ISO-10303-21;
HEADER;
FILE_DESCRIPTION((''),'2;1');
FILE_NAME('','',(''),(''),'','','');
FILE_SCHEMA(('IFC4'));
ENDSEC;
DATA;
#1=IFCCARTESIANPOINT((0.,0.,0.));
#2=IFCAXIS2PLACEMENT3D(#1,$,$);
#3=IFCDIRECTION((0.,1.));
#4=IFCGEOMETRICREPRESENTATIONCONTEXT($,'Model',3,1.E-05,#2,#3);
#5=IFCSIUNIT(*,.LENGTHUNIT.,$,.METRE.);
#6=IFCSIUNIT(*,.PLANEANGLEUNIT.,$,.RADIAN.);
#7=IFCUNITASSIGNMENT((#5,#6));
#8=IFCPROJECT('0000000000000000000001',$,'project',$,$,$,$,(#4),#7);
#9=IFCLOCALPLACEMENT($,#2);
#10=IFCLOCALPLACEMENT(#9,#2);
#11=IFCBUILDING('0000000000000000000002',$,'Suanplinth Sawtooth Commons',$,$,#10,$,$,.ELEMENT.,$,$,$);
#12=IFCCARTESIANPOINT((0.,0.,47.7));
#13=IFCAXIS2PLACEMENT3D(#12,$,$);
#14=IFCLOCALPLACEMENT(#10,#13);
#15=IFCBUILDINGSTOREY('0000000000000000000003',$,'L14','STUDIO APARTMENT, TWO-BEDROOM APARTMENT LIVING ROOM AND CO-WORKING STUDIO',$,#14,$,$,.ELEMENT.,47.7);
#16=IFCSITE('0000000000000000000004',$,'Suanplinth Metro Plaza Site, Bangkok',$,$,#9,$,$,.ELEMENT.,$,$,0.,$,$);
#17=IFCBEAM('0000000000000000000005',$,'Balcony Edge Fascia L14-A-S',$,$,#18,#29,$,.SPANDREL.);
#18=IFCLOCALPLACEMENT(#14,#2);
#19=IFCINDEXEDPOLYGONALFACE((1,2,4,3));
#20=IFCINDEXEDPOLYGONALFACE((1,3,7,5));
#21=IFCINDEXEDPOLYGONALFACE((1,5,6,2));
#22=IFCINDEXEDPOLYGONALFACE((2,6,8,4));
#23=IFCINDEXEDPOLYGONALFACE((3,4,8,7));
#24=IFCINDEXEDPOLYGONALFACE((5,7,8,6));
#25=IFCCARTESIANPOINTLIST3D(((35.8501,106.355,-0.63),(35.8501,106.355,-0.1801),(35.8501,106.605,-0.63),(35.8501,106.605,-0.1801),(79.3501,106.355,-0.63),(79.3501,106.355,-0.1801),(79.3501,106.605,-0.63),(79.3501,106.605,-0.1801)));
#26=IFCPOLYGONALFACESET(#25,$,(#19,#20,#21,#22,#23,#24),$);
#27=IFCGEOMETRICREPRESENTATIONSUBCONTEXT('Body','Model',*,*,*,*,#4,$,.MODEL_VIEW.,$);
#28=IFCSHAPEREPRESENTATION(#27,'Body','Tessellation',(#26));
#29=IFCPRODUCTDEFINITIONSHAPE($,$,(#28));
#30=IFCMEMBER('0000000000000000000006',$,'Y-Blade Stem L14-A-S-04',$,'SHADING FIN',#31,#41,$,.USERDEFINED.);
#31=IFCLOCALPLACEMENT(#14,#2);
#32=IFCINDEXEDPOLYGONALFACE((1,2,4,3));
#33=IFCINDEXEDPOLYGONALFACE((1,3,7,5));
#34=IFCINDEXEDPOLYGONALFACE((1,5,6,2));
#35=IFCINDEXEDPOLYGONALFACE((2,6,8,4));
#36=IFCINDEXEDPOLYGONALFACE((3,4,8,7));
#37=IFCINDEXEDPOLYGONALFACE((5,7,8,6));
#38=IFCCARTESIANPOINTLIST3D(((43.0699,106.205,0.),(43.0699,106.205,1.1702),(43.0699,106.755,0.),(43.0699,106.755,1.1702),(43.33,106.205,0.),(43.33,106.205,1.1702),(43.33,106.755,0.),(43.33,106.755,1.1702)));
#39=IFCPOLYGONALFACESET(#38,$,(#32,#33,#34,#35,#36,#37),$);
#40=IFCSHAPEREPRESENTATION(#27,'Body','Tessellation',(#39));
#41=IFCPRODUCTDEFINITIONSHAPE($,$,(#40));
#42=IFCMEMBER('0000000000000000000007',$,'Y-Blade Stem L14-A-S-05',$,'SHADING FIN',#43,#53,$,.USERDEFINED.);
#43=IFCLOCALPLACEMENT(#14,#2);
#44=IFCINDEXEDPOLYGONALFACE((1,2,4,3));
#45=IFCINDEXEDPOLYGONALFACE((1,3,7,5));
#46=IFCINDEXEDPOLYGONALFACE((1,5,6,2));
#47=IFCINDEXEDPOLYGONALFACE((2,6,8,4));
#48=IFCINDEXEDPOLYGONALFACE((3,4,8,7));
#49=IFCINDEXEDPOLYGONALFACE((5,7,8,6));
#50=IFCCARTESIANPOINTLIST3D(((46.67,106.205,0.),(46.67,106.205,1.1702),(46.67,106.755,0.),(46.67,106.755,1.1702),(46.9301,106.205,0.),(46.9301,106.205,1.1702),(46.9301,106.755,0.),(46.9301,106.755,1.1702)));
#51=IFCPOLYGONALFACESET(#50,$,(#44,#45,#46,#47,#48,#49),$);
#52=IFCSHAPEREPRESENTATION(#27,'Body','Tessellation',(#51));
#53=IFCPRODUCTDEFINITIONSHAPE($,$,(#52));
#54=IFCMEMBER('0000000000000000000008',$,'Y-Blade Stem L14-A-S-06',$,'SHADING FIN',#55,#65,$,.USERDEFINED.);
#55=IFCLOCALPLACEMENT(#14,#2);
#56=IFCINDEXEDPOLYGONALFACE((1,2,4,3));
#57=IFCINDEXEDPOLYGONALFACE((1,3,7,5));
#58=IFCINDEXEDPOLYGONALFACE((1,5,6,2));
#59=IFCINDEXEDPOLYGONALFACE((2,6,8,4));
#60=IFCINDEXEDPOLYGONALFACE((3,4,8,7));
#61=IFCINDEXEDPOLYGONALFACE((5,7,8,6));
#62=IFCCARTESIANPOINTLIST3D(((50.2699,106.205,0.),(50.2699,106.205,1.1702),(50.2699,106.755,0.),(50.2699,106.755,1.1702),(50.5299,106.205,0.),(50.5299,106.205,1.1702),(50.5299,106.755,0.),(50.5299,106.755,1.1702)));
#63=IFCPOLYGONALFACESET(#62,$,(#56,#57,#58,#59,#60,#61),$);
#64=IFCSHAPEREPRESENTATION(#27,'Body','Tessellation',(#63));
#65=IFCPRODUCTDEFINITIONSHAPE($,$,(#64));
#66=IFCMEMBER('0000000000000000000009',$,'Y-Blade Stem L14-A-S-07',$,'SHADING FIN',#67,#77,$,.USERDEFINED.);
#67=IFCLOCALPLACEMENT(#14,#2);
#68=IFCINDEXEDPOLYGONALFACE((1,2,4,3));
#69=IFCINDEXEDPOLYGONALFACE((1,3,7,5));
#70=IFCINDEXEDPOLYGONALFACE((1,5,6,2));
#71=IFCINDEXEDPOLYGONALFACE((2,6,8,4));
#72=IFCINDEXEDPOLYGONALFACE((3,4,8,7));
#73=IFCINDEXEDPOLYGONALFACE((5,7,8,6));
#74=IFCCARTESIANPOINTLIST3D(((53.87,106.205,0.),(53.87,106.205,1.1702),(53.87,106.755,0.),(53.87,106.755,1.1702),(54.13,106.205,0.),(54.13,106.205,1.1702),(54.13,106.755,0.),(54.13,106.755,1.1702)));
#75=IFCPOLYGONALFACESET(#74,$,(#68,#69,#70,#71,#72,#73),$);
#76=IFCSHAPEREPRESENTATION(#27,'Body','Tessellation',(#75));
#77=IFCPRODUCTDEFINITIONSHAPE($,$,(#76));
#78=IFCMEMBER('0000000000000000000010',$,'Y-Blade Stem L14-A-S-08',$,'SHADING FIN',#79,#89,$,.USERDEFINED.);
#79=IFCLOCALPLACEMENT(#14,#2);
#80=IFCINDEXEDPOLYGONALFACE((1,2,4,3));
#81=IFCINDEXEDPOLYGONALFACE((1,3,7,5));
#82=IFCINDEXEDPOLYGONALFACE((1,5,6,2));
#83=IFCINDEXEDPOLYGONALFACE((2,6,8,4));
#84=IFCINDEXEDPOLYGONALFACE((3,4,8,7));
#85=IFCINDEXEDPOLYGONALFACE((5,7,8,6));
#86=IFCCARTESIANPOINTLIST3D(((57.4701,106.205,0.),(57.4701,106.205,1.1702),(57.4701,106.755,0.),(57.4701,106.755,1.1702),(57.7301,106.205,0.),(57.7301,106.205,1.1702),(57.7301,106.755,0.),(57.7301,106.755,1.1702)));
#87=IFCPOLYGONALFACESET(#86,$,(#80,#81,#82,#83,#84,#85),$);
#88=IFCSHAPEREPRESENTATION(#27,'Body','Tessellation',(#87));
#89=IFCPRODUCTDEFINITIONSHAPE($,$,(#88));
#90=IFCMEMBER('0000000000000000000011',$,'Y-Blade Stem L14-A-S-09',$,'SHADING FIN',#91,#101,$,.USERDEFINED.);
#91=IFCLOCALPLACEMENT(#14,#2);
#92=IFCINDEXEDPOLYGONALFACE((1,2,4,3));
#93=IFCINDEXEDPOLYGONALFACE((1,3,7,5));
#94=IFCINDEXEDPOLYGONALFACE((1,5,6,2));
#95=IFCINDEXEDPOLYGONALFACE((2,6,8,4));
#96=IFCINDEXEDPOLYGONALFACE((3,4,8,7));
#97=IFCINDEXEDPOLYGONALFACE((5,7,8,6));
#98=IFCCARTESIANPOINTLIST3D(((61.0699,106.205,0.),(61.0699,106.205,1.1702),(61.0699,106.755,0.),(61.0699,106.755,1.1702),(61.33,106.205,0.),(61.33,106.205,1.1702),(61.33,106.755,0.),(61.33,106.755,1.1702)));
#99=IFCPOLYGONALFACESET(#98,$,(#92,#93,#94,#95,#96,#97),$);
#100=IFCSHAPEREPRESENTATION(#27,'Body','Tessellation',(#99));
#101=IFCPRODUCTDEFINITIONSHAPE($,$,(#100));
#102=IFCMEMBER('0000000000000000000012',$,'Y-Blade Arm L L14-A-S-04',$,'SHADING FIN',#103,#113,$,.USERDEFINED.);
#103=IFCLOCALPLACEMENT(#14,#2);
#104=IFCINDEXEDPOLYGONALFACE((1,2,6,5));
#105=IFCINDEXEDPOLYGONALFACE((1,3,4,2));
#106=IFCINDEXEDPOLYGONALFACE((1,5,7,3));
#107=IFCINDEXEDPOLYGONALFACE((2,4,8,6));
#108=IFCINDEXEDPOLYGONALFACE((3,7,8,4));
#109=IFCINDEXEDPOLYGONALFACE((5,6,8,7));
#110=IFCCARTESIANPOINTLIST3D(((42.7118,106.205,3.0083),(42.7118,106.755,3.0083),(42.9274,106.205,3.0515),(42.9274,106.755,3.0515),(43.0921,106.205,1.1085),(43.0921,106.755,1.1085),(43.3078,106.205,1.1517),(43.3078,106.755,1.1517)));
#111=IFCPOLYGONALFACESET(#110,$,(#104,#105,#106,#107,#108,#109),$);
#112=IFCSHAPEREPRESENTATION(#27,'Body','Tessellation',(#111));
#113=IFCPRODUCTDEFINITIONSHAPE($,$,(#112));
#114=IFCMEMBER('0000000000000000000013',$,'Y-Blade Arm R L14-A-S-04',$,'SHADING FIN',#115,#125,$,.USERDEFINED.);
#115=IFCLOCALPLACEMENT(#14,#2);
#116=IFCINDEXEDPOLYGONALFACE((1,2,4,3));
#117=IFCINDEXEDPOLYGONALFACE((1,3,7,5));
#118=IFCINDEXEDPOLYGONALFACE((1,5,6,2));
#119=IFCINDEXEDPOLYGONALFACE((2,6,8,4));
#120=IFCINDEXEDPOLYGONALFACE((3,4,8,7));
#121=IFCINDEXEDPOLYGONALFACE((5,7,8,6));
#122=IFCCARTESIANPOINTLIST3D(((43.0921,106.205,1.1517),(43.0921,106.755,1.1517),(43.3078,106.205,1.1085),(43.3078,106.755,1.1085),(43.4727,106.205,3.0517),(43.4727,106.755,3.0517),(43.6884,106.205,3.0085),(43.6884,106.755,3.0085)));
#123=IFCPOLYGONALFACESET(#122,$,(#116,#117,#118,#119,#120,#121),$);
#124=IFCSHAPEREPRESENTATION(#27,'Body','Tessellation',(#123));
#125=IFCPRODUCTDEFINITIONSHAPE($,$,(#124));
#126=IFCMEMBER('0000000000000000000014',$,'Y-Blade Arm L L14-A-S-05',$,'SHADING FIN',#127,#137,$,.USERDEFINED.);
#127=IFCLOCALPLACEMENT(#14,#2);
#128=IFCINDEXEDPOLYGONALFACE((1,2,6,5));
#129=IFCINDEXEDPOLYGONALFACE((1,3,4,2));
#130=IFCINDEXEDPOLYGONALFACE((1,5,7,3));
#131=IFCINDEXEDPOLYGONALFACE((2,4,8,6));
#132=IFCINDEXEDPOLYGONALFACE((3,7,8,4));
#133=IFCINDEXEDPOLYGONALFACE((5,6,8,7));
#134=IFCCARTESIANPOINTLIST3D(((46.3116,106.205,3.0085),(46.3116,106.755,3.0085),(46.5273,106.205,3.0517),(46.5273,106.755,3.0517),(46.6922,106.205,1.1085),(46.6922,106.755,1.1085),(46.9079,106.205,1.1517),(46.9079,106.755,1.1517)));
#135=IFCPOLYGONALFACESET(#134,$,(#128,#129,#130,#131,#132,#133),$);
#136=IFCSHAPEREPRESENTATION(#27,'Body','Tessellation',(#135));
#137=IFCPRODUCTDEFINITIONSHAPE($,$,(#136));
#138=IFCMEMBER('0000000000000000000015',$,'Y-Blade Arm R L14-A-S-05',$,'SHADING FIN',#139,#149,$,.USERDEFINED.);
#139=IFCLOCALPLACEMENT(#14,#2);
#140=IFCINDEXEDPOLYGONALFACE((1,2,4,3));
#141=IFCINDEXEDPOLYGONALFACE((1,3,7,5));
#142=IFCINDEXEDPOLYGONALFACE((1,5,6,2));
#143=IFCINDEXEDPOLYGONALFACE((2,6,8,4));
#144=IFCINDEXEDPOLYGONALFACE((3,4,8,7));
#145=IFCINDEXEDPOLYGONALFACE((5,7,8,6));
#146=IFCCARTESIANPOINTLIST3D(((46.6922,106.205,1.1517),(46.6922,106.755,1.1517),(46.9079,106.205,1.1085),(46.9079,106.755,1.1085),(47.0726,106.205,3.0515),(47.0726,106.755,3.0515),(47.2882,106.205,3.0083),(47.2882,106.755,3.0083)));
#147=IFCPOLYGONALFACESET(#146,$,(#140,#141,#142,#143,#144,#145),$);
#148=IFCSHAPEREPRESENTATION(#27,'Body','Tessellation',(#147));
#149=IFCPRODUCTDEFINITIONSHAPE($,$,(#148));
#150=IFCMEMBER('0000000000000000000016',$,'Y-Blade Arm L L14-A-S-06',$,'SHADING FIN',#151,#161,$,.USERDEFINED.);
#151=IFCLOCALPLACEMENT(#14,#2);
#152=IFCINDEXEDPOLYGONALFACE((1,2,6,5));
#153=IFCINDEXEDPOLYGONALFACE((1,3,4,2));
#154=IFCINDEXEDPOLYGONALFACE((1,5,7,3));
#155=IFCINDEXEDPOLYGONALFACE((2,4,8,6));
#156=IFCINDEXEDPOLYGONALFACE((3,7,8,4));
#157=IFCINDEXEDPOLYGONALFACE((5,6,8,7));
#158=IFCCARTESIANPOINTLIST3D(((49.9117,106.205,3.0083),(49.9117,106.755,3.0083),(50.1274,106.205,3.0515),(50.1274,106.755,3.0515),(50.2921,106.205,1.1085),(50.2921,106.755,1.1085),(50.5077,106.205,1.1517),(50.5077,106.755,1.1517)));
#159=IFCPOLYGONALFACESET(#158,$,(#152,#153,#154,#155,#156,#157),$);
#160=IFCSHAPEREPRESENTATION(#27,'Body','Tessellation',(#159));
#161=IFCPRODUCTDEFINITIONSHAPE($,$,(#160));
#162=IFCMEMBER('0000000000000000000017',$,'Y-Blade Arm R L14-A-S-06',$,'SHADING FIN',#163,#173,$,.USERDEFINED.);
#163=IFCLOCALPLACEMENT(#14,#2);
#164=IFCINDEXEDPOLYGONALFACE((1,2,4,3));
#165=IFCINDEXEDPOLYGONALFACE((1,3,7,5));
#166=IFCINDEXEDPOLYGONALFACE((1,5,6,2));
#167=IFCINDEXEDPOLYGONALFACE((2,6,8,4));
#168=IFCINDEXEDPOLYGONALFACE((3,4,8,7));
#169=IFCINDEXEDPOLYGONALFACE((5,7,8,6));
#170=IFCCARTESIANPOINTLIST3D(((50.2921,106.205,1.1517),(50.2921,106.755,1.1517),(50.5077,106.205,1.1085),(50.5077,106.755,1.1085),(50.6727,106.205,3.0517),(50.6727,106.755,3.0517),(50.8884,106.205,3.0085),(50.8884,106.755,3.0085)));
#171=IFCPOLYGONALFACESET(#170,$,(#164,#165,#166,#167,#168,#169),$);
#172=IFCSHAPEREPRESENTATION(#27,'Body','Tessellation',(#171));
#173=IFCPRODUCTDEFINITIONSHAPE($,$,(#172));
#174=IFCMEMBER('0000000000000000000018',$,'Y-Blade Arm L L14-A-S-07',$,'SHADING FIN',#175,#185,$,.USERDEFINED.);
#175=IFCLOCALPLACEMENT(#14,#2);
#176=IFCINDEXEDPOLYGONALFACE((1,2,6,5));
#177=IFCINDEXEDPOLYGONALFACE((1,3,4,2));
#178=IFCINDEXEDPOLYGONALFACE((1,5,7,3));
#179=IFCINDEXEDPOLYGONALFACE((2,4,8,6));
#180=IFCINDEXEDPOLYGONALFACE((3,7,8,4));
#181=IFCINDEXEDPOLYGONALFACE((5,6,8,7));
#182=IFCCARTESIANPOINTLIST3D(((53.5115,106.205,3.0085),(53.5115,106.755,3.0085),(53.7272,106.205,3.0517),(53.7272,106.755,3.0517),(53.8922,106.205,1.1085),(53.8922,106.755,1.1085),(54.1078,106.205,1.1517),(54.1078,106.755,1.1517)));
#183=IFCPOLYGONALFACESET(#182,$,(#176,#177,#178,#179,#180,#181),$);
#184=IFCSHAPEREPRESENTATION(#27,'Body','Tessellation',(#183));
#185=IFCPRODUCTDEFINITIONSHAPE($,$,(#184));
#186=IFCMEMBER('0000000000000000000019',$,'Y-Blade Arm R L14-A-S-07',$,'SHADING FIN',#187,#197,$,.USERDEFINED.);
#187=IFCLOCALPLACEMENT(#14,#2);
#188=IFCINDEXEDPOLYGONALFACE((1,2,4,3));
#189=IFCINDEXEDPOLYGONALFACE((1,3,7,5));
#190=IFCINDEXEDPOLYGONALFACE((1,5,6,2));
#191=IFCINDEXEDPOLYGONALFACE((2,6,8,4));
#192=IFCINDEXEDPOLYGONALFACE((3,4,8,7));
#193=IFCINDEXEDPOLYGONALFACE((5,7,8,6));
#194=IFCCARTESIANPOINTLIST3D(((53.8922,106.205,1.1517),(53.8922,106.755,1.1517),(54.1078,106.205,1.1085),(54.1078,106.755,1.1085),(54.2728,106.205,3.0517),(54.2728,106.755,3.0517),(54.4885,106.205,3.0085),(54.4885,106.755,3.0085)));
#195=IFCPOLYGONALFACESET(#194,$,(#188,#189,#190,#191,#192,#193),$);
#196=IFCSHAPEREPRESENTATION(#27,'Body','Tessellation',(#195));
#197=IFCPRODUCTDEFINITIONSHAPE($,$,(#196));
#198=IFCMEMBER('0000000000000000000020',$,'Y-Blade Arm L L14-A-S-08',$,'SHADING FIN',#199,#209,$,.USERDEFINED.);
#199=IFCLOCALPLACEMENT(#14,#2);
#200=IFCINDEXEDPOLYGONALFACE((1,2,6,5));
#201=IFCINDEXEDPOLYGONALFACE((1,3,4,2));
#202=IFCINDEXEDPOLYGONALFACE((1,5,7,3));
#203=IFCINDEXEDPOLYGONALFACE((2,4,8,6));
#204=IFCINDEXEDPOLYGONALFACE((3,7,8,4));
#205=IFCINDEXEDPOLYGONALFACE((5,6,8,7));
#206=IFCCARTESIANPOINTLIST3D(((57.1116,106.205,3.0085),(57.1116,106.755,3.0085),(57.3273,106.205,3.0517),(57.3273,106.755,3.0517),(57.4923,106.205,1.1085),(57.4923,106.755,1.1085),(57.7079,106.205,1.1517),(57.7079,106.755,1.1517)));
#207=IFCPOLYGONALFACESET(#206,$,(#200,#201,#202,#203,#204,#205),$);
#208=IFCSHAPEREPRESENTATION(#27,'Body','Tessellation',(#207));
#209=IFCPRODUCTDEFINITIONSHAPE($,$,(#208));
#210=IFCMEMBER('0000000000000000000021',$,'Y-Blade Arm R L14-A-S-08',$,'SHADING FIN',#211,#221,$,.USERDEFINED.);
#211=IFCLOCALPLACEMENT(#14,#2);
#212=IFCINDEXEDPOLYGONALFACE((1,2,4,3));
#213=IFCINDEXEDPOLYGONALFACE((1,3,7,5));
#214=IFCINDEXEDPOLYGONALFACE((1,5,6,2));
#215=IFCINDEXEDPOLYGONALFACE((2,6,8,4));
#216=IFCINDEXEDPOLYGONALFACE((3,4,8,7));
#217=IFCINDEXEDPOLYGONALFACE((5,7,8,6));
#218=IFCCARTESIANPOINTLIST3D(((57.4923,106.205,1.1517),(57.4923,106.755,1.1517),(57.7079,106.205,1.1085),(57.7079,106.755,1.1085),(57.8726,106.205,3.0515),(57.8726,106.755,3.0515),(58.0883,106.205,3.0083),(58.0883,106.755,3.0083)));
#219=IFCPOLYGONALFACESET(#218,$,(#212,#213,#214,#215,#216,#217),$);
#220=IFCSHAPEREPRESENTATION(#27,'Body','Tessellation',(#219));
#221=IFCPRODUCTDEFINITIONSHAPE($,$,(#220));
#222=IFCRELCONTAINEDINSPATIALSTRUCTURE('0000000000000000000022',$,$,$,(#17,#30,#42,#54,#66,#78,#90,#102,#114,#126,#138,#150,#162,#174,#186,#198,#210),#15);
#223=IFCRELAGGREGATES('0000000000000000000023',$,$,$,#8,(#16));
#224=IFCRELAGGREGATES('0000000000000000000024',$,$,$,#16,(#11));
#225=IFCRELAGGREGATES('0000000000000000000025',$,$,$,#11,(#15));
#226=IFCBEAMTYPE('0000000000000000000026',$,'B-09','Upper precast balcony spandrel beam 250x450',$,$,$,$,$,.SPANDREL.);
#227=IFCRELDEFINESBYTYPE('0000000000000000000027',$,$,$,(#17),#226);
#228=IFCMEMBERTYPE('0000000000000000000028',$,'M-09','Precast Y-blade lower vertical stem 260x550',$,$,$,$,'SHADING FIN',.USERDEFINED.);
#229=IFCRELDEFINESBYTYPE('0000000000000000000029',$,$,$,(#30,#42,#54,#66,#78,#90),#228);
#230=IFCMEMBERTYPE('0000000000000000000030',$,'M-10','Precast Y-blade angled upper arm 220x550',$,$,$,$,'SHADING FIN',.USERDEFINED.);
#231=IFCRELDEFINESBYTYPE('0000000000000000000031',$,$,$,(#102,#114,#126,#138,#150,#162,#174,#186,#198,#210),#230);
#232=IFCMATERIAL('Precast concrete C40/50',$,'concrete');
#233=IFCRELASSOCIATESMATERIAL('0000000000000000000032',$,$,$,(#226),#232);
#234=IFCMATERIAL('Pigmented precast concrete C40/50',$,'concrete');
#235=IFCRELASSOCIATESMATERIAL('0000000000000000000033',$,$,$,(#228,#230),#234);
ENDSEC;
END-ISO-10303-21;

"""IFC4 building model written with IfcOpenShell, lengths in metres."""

from ifc_helpers import new_model, si_unit, direction, frame, origin, origin_2d, place, context, subcontext, project, spatial, rectangle, extrude, material, material_profile, profile_set, type_object, element, save


model = new_model("IFC4")

# Units and contexts
model_context = context("Model", 3, precision=1e-05, world=origin(), true_north=direction((0.0, 1.0)))
body_context = subcontext(model_context, "Body", "Model", "MODEL_VIEW")
ifc_project = project(units=[si_unit("LENGTHUNIT", "METRE"), si_unit("PLANEANGLEUNIT", "RADIAN")], contexts=[model_context])

# Site, building, storey
site_placement = place(None, origin())
site = spatial("IfcSite", under=ifc_project, at=site_placement, Name="Suanplinth Metro Plaza Site, Bangkok", CompositionType="ELEMENT", RefElevation=0.0)
building_placement = place(site_placement, origin())
building = spatial("IfcBuilding", under=site, at=building_placement, Name="Suanplinth Sawtooth Commons", CompositionType="ELEMENT")
storey_placement = place(building_placement, frame((0.0, 0.0, 47.7)))
storey = spatial("IfcBuildingStorey", under=building, at=storey_placement, Name="L14", Description="STUDIO APARTMENT, TWO-BEDROOM APARTMENT LIVING ROOM AND CO-WORKING STUDIO", CompositionType="ELEMENT", Elevation=47.7)

# Beam
ifc_material_1 = material(Name="Precast concrete C40/50", Category="concrete")
ifc_material_profile_1 = material_profile(ifc_material_1, rectangle(XDim=0.25, YDim=0.45, at=origin_2d()), Name="PC-SP 250x450")
ifc_profile_set_1 = profile_set([ifc_material_profile_1], Name="Precast concrete C40/50")
beam_type = type_object("IfcBeamType", Name="B-09", Description="Upper precast balcony spandrel beam 250x450", PredefinedType="SPANDREL", material=ifc_profile_set_1)
beam_placement = place(storey_placement, frame((35.8501, 106.48, -0.405), z_axis=(1.0, 0.0, 0.0), x_axis=(0.0, 1.0, 0.0)))
element("IfcBeam", 1, at=beam_placement, inside=storey, type_object=beam_type, Name="Balcony Edge Fascia L14-A-S", PredefinedType="SPANDREL", context=body_context, shape_type="SweptSolid", body=[
    extrude(rectangle(XDim=0.25, YDim=0.45, at=origin_2d()), origin(), (0.0, 0.0, 1.0), 43.5),
])

# Members
ifc_material_2 = material(Name="Pigmented precast concrete C40/50", Category="concrete")
ifc_material_profile_2 = material_profile(ifc_material_2, rectangle(XDim=0.26, YDim=0.55, at=origin_2d()), Name="PC-FIN 260x550")
ifc_profile_set_2 = profile_set([ifc_material_profile_2], Name="Pigmented precast concrete C40/50")
member_type_1 = type_object("IfcMemberType", Name="M-09", Description="Precast Y-blade lower vertical stem 260x550", ElementType="SHADING FIN", PredefinedType="USERDEFINED", material=ifc_profile_set_2)
for number, where, z_axis, x_axis, name in (
    (2, (43.2, 106.48, 0.0), (0.0, 0.0, 1.0), (1.0, 0.0, 0.0), "Y-Blade Stem L14-A-S-04"),
    (3, (46.8, 106.48, 0.0), (0.0, 0.0, 1.0), (1.0, 0.0, 0.0), "Y-Blade Stem L14-A-S-05"),
    (4, (50.3999, 106.48, 0.0), (0.0, 0.0, 1.0), (1.0, 0.0, 0.0), "Y-Blade Stem L14-A-S-06"),
    (5, (54.0, 106.48, 0.0), (0.0, 0.0, 1.0), (1.0, 0.0, 0.0), "Y-Blade Stem L14-A-S-07"),
    (6, (57.6001, 106.48, 0.0), (0.0, 0.0, 1.0), (1.0, 0.0, 0.0), "Y-Blade Stem L14-A-S-08"),
    (7, (61.2, 106.48, 0.0), (0.0, 0.0, 1.0), (1.0, 0.0, 0.0), "Y-Blade Stem L14-A-S-09"),
):
    element("IfcMember", number, at=place(storey_placement, frame(where, z_axis=z_axis, x_axis=x_axis)), inside=storey, type_object=member_type_1, Name=name, ObjectType="SHADING FIN", PredefinedType="USERDEFINED", context=body_context, shape_type="SweptSolid", body=[
        extrude(rectangle(XDim=0.26, YDim=0.55, at=origin_2d()), origin(), (0.0, 0.0, 1.0), 1.1702),
    ])
ifc_material_profile_3 = material_profile(ifc_material_2, rectangle(XDim=0.22, YDim=0.55, at=origin_2d()), Name="PC-FIN 220x550")
ifc_profile_set_3 = profile_set([ifc_material_profile_3], Name="Pigmented precast concrete C40/50")
member_type_2 = type_object("IfcMemberType", Name="M-10", Description="Precast Y-blade angled upper arm 220x550", ElementType="SHADING FIN", PredefinedType="USERDEFINED", material=ifc_profile_set_3)
member_1_placement = place(storey_placement, frame((43.2, 106.48, 1.1301), z_axis=(-0.19631, 0.0, 0.980542), x_axis=(0.980542, 0.0, 0.19631)))
element("IfcMember", 8, at=member_1_placement, inside=storey, type_object=member_type_2, Name="Y-Blade Arm L L14-A-S-04", ObjectType="SHADING FIN", PredefinedType="USERDEFINED", context=body_context, shape_type="SweptSolid", body=[
    extrude(rectangle(XDim=0.22, YDim=0.55, at=origin_2d()), origin(), (0.0, 0.0, 1.0), 1.9375),
])
for number, where, z_axis, x_axis, name in (
    (9, (43.2, 106.48, 1.1301), (0.196431, 0.0, 0.980518), (-0.980518, 0.0, 0.196431), "Y-Blade Arm R L14-A-S-04"),
    (10, (46.8, 106.48, 1.1301), (-0.196431, 0.0, 0.980518), (0.980518, 0.0, 0.196431), "Y-Blade Arm L L14-A-S-05"),
):
    element("IfcMember", number, at=place(storey_placement, frame(where, z_axis=z_axis, x_axis=x_axis)), inside=storey, type_object=member_type_2, Name=name, ObjectType="SHADING FIN", PredefinedType="USERDEFINED", context=body_context, shape_type="SweptSolid", body=[
        extrude(rectangle(XDim=0.22, YDim=0.55, at=origin_2d()), origin(), (0.0, 0.0, 1.0), 1.9377),
    ])
for number, where, z_axis, x_axis, name in (
    (11, (46.8, 106.48, 1.1301), (0.19631, 0.0, 0.980542), (-0.980542, 0.0, 0.19631), "Y-Blade Arm R L14-A-S-05"),
    (12, (50.3999, 106.48, 1.1301), (-0.19631, 0.0, 0.980542), (0.980542, 0.0, 0.19631), "Y-Blade Arm L L14-A-S-06"),
):
    element("IfcMember", number, at=place(storey_placement, frame(where, z_axis=z_axis, x_axis=x_axis)), inside=storey, type_object=member_type_2, Name=name, ObjectType="SHADING FIN", PredefinedType="USERDEFINED", context=body_context, shape_type="SweptSolid", body=[
        extrude(rectangle(XDim=0.22, YDim=0.55, at=origin_2d()), origin(), (0.0, 0.0, 1.0), 1.9375),
    ])
for number, where, z_axis, x_axis, name in (
    (13, (50.3999, 106.48, 1.1301), (0.196431, 0.0, 0.980518), (-0.980518, 0.0, 0.196431), "Y-Blade Arm R L14-A-S-06"),
    (14, (54.0, 106.48, 1.1301), (-0.196431, 0.0, 0.980518), (0.980518, 0.0, 0.196431), "Y-Blade Arm L L14-A-S-07"),
    (15, (54.0, 106.48, 1.1301), (0.196431, 0.0, 0.980518), (-0.980518, 0.0, 0.196431), "Y-Blade Arm R L14-A-S-07"),
    (16, (57.6001, 106.48, 1.1301), (-0.196431, 0.0, 0.980518), (0.980518, 0.0, 0.196431), "Y-Blade Arm L L14-A-S-08"),
):
    element("IfcMember", number, at=place(storey_placement, frame(where, z_axis=z_axis, x_axis=x_axis)), inside=storey, type_object=member_type_2, Name=name, ObjectType="SHADING FIN", PredefinedType="USERDEFINED", context=body_context, shape_type="SweptSolid", body=[
        extrude(rectangle(XDim=0.22, YDim=0.55, at=origin_2d()), origin(), (0.0, 0.0, 1.0), 1.9377),
    ])
member_2_placement = place(storey_placement, frame((57.6001, 106.48, 1.1301), z_axis=(0.19631, 0.0, 0.980542), x_axis=(-0.980542, 0.0, 0.19631)))
element("IfcMember", 17, at=member_2_placement, inside=storey, type_object=member_type_2, Name="Y-Blade Arm R L14-A-S-08", ObjectType="SHADING FIN", PredefinedType="USERDEFINED", context=body_context, shape_type="SweptSolid", body=[
    extrude(rectangle(XDim=0.22, YDim=0.55, at=origin_2d()), origin(), (0.0, 0.0, 1.0), 1.9375),
])

save(model, "model.ifc")
